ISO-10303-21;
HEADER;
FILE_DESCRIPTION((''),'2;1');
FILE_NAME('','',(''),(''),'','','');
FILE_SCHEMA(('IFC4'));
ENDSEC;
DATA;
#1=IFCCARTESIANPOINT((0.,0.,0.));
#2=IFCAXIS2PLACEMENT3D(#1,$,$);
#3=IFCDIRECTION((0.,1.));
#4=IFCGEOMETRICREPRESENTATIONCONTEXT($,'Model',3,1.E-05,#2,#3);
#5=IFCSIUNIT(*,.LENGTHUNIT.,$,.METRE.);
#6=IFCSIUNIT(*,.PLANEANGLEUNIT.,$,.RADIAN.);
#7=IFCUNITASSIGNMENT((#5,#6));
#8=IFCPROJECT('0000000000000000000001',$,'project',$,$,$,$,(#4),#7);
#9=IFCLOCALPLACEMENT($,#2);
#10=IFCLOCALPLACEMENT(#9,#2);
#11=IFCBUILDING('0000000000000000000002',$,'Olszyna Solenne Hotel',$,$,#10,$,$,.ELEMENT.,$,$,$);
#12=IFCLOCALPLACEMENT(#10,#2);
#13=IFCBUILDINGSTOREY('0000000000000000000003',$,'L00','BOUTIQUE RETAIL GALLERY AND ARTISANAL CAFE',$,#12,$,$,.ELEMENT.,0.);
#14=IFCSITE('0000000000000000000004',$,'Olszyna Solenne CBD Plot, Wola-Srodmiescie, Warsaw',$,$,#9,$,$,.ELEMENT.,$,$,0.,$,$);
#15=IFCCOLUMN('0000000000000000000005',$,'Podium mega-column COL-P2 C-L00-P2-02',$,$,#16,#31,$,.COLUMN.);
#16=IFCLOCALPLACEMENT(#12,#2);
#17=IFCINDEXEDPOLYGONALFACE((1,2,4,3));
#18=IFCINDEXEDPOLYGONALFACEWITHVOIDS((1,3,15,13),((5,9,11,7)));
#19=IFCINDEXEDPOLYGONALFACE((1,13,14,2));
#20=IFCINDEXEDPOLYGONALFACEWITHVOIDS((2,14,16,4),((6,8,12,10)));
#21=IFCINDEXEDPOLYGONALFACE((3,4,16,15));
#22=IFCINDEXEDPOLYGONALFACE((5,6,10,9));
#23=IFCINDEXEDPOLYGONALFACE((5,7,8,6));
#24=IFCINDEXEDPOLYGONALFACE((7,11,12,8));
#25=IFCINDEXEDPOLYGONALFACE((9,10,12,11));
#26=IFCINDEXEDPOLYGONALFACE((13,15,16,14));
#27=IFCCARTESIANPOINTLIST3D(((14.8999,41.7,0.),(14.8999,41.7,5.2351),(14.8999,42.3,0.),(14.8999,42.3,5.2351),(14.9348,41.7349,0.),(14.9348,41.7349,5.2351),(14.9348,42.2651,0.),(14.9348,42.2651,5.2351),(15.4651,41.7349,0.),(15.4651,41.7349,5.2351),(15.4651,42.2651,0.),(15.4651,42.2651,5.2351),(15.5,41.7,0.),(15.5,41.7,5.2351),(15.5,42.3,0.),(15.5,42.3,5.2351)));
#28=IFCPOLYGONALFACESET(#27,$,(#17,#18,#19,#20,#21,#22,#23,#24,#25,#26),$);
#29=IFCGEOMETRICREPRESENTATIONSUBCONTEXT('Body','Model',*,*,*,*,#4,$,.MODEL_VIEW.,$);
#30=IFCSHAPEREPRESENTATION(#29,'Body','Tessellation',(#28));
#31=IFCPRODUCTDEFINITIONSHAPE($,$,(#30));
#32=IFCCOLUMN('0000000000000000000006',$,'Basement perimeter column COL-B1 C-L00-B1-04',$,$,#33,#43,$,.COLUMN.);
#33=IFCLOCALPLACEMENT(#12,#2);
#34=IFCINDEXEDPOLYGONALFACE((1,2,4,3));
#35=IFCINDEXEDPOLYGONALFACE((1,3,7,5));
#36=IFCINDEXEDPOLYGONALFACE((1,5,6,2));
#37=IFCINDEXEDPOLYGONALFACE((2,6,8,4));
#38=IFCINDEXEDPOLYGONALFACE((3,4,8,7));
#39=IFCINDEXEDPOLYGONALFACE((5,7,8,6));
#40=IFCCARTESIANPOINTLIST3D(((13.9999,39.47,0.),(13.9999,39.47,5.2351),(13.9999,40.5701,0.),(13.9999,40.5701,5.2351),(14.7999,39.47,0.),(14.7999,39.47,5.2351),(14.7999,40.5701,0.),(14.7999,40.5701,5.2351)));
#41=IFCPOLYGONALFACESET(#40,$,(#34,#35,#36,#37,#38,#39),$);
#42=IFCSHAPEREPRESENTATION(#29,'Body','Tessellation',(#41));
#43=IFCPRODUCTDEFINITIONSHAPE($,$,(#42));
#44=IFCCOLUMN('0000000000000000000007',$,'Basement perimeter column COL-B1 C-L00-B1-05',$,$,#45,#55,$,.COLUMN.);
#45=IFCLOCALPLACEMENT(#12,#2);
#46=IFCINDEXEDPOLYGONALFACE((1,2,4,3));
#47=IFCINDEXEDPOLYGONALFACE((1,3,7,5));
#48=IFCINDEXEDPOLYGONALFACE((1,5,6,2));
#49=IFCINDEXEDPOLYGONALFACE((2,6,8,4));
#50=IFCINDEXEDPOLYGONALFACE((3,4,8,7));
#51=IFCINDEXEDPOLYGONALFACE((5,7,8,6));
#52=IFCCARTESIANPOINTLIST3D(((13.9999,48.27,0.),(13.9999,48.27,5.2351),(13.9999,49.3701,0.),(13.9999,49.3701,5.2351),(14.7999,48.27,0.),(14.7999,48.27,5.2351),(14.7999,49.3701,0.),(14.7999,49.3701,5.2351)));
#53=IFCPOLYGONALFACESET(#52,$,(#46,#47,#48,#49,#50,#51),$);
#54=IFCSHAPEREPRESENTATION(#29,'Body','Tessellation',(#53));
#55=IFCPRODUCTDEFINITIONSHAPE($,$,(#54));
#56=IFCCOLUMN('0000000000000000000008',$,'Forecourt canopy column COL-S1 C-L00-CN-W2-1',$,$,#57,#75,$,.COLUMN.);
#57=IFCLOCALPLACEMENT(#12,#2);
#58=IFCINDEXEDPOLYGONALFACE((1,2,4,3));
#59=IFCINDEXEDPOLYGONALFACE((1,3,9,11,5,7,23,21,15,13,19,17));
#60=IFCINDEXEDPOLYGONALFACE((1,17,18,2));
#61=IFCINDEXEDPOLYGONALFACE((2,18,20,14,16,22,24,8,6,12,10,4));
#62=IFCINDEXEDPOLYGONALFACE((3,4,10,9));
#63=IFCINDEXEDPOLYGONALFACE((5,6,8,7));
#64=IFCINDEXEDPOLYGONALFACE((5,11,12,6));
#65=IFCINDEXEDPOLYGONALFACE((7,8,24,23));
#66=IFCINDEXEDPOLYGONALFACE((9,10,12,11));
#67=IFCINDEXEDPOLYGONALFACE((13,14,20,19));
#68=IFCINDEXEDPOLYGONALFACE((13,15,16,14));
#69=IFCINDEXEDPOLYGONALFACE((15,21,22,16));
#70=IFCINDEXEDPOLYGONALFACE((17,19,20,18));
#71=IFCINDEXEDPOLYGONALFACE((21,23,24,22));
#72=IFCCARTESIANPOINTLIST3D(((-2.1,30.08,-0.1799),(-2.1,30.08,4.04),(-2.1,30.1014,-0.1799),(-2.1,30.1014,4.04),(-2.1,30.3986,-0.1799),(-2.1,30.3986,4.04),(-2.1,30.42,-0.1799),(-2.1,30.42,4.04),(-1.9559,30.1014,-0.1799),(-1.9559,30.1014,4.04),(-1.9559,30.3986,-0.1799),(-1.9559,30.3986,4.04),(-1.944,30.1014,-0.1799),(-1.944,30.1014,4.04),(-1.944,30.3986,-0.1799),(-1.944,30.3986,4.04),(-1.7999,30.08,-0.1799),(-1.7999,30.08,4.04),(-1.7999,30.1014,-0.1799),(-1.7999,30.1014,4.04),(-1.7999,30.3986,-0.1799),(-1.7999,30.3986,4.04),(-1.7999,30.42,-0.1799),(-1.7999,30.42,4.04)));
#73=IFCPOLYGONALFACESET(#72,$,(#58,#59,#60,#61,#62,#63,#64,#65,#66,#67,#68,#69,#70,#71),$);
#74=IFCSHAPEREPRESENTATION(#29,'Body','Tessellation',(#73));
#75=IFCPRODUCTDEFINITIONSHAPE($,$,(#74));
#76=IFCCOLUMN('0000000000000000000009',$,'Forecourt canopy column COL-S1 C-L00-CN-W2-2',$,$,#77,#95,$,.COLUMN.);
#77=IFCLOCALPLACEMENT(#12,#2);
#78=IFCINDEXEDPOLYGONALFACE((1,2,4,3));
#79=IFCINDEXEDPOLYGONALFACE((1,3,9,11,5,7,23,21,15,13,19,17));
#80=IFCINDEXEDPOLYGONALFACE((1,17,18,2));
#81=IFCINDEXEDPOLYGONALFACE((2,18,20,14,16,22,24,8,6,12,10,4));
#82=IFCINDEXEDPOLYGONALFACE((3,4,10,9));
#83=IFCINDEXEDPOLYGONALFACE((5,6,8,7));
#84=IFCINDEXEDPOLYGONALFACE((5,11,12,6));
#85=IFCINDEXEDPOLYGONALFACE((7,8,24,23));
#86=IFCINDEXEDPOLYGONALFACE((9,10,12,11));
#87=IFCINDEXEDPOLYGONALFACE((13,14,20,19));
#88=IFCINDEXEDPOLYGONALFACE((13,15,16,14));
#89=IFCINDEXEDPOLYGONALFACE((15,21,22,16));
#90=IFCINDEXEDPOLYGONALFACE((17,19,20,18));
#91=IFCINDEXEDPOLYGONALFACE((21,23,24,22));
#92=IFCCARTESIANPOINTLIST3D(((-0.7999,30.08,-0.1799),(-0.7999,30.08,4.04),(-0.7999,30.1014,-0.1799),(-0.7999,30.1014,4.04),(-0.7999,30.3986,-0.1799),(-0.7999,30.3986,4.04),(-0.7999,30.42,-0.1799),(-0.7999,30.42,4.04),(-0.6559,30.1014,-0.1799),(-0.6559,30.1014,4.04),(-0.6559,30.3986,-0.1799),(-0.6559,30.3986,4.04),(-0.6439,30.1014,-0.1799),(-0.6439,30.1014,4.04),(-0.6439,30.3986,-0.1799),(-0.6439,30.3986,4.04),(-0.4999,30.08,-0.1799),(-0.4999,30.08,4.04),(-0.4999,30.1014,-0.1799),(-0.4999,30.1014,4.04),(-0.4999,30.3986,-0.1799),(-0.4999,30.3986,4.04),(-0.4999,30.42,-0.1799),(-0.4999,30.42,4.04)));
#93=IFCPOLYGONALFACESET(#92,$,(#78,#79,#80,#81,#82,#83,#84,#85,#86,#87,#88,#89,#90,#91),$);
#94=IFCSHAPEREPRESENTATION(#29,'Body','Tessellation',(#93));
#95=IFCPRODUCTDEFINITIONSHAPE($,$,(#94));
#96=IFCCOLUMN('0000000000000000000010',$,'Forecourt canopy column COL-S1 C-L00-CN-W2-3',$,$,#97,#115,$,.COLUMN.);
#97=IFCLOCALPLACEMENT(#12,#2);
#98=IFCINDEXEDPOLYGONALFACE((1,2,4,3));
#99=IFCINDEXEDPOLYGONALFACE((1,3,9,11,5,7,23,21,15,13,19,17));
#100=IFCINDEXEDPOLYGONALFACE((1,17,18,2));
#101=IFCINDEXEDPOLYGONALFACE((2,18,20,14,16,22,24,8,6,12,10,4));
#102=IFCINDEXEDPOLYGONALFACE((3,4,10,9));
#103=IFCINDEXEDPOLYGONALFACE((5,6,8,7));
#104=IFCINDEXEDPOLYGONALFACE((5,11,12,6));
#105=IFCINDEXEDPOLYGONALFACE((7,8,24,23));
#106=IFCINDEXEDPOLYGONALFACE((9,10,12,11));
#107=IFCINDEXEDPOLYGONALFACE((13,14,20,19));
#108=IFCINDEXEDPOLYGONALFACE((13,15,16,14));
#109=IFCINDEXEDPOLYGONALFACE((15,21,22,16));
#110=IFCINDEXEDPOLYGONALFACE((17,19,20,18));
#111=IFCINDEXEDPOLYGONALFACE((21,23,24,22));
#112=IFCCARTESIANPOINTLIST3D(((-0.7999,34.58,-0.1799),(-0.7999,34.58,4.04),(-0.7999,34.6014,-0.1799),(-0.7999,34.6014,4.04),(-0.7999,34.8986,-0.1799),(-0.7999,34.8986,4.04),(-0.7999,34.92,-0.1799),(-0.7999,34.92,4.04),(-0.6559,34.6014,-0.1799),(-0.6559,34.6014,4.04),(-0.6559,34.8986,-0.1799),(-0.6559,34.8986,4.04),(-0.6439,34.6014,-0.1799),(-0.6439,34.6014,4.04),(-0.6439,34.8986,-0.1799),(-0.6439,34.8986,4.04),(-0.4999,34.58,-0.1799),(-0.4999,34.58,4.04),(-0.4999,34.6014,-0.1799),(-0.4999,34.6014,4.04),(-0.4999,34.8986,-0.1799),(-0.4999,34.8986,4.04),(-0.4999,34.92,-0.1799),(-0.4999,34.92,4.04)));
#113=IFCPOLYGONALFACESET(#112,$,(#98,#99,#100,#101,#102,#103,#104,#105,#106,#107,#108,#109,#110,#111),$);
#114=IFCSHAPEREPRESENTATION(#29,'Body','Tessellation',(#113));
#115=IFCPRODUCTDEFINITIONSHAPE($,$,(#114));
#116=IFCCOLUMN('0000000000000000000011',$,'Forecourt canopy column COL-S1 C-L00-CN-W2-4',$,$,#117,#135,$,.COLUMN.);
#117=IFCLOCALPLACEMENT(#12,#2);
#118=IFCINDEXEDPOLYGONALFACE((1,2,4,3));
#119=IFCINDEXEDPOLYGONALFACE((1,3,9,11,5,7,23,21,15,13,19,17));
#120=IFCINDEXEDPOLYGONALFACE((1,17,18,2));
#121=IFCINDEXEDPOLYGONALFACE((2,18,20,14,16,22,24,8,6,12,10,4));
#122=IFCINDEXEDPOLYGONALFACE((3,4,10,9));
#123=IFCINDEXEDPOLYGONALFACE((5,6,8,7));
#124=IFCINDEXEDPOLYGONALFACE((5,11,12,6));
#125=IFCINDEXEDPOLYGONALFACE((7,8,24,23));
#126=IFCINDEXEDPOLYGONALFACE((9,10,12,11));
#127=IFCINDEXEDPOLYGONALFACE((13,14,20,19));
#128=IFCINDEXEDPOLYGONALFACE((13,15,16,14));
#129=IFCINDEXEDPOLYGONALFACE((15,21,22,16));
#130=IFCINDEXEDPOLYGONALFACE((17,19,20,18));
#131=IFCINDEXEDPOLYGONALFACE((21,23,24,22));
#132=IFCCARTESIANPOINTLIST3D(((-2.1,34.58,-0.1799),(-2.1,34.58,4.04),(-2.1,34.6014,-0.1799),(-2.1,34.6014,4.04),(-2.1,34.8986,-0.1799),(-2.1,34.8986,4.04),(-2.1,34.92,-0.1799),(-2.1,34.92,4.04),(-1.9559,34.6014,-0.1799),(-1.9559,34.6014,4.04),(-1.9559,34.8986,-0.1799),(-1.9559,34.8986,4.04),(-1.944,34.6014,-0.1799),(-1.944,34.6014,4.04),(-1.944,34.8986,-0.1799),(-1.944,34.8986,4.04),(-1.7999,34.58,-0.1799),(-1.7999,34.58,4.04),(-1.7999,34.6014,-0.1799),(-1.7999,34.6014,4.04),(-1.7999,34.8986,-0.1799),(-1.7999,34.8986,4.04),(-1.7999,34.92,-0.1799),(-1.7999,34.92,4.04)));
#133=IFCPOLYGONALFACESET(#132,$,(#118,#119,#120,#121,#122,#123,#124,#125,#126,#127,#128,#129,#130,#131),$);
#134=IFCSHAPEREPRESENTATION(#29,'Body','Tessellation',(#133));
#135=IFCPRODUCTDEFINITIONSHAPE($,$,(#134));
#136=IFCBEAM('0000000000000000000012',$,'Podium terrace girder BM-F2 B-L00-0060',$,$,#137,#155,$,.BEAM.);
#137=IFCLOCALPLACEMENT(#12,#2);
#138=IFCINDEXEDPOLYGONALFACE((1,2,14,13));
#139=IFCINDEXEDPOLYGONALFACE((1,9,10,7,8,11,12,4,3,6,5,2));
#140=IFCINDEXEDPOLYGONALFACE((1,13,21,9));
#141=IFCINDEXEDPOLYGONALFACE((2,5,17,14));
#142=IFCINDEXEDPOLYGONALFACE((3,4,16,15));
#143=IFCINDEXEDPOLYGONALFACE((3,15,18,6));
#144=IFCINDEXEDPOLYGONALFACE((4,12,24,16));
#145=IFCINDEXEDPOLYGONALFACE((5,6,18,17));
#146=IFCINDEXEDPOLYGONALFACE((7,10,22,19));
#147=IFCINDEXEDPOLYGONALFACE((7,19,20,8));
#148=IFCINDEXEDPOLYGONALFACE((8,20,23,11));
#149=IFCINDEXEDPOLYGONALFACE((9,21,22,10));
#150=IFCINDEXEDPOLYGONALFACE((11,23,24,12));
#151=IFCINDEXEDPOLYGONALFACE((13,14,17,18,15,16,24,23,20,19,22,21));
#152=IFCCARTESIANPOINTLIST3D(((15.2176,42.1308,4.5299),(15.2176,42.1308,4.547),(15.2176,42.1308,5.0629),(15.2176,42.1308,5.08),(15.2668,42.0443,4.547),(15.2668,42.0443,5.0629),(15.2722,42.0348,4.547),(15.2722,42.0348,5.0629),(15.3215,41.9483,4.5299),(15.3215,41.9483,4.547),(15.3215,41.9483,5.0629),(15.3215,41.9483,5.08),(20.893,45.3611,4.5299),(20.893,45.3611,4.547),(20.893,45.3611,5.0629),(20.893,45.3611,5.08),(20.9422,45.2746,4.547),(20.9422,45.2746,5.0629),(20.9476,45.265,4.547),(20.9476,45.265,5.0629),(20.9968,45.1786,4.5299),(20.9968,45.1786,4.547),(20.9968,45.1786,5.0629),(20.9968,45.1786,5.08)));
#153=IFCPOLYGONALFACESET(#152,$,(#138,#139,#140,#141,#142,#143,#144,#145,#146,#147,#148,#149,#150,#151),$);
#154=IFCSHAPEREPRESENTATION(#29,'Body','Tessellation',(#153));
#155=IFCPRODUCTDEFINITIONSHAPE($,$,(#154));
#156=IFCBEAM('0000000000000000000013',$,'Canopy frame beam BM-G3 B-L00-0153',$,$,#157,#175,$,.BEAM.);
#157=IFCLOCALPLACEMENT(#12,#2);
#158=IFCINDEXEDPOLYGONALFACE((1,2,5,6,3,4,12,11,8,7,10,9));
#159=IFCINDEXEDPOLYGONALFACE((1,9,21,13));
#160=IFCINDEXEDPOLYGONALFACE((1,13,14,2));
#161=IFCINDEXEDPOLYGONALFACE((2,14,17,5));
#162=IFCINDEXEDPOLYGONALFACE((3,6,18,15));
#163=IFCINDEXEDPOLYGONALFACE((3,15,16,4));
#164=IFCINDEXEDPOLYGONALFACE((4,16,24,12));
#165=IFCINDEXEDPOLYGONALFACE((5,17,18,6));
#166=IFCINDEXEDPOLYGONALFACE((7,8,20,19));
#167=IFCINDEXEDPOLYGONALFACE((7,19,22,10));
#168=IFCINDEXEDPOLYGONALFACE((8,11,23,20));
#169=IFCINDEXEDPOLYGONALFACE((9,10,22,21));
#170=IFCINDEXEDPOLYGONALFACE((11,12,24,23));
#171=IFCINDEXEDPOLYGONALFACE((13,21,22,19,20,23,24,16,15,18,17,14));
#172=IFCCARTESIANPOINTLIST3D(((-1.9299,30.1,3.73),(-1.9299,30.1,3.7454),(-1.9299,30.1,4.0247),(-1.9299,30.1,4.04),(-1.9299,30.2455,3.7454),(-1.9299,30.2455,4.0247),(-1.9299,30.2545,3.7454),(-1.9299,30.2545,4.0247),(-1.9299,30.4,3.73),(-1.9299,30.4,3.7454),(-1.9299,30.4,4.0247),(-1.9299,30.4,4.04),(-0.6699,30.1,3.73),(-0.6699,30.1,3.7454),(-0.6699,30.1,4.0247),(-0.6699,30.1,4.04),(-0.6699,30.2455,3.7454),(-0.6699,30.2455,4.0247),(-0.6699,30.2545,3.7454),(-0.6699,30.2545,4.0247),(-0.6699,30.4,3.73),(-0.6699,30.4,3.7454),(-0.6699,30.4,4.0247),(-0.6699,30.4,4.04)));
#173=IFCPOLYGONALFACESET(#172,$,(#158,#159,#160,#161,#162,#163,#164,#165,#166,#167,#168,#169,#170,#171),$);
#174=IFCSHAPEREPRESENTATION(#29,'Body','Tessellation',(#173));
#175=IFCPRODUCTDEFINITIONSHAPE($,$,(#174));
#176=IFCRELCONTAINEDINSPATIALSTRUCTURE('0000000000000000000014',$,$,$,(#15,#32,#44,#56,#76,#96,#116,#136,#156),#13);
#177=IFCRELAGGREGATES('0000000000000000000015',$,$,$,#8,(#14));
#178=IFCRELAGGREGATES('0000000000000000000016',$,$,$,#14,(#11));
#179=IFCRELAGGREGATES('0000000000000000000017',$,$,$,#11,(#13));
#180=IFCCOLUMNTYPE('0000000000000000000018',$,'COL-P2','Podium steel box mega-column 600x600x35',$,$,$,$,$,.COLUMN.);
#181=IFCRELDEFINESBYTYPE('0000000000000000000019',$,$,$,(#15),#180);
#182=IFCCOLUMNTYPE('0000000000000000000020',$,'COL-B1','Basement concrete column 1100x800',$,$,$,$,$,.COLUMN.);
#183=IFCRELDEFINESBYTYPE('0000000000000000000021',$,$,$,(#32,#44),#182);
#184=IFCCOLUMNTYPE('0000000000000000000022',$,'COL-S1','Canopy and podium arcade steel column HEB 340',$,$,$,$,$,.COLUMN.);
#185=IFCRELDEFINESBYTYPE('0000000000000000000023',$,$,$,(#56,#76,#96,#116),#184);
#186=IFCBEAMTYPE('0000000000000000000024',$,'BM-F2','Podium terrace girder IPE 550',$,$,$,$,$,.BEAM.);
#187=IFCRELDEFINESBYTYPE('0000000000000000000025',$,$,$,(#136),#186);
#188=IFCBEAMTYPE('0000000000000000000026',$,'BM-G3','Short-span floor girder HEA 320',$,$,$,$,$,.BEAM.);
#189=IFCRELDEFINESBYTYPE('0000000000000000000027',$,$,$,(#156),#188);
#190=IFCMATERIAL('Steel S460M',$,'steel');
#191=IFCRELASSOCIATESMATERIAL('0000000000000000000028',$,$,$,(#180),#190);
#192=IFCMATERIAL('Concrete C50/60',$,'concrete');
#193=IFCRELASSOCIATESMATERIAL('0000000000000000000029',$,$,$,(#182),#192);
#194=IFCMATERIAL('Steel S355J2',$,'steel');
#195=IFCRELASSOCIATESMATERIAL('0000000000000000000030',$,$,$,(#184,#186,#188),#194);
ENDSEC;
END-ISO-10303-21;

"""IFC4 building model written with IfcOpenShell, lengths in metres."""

from ifc_helpers import new_model, si_unit, direction, frame, origin, origin_2d, place, context, subcontext, project, spatial, rectangle, hollow_rectangle, i_section, extrude, source, transform, mapped, material, material_profile, profile_set, type_object, element, save


model = new_model("IFC4")

# Units and contexts
model_context = context("Model", 3, precision=1e-05, world=origin(), true_north=direction((0.0, 1.0)))
body_context = subcontext(model_context, "Body", "Model", "MODEL_VIEW")
ifc_project = project(units=[si_unit("LENGTHUNIT", "METRE"), si_unit("PLANEANGLEUNIT", "RADIAN")], contexts=[model_context])

# Site, building, storey
site_placement = place(None, origin())
site = spatial("IfcSite", under=ifc_project, at=site_placement, Name="Olszyna Solenne CBD Plot, Wola-Srodmiescie, Warsaw", CompositionType="ELEMENT", RefElevation=0.0)
building_placement = place(site_placement, origin())
building = spatial("IfcBuilding", under=site, at=building_placement, Name="Olszyna Solenne Hotel", CompositionType="ELEMENT")
storey_placement = place(building_placement, origin())
storey = spatial("IfcBuildingStorey", under=building, at=storey_placement, Name="L00", Description="BOUTIQUE RETAIL GALLERY AND ARTISANAL CAFE", CompositionType="ELEMENT", Elevation=0.0)

# Columns
ifc_material_1 = material(Name="Steel S460M", Category="steel")
ifc_material_profile_1 = material_profile(ifc_material_1, hollow_rectangle(XDim=0.6001, YDim=0.6001, WallThickness=0.0349, at=origin_2d()), Name="SHS 600x600x35", Category="load-bearing")
ifc_profile_set_1 = profile_set([ifc_material_profile_1], Name="Steel S460M")
column_type_1 = type_object("IfcColumnType", Name="COL-P2", Description="Podium steel box mega-column 600x600x35", PredefinedType="COLUMN", material=ifc_profile_set_1)
shared_shape_1 = source(origin(), body_context, "Body", "SweptSolid", [
    extrude(hollow_rectangle(XDim=0.6001, YDim=0.6001, WallThickness=0.0349, at=origin_2d()), origin(), (0.0, 0.0, 1.0), 5.2351),
])
column_placement = place(storey_placement, frame((15.2, 42.0, 0.0), z_axis=(0.0, 0.0, 1.0), x_axis=(1.0, 0.0, 0.0)))
element("IfcColumn", 1, at=column_placement, inside=storey, type_object=column_type_1, Name="Podium mega-column COL-P2 C-L00-P2-02", PredefinedType="COLUMN", context=body_context, shape_type="MappedRepresentation", body=[
    mapped(shared_shape_1, transform((0.0, 0.0, 0.0), x_axis=(1.0, 0.0, 0.0), y_axis=(0.0, 1.0, 0.0), z_axis=(0.0, 0.0, 1.0), scale=1.0)),
])
ifc_material_2 = material(Name="Concrete C50/60", Category="concrete")
ifc_material_profile_2 = material_profile(ifc_material_2, rectangle(XDim=0.8, YDim=1.1001, at=origin_2d()), Name="RC 1100x800", Category="load-bearing")
ifc_profile_set_2 = profile_set([ifc_material_profile_2], Name="Concrete C50/60")
column_type_2 = type_object("IfcColumnType", Name="COL-B1", Description="Basement concrete column 1100x800", PredefinedType="COLUMN", material=ifc_profile_set_2)
shared_shape_2 = source(origin(), body_context, "Body", "SweptSolid", [
    extrude(rectangle(XDim=0.8, YDim=1.1001, at=origin_2d()), origin(), (0.0, 0.0, 1.0), 5.2351),
])
for number, where, z_axis, x_axis, name in (
    (2, (14.3999, 40.02, 0.0), (0.0, 0.0, 1.0), (1.0, 0.0, 0.0), "Basement perimeter column COL-B1 C-L00-B1-04"),
    (3, (14.3999, 48.8201, 0.0), (0.0, 0.0, 1.0), (1.0, 0.0, 0.0), "Basement perimeter column COL-B1 C-L00-B1-05"),
):
    element("IfcColumn", number, at=place(storey_placement, frame(where, z_axis=z_axis, x_axis=x_axis)), inside=storey, type_object=column_type_2, Name=name, PredefinedType="COLUMN", context=body_context, shape_type="MappedRepresentation", body=[
        mapped(shared_shape_2, transform((0.0, 0.0, 0.0), x_axis=(1.0, 0.0, 0.0), y_axis=(0.0, 1.0, 0.0), z_axis=(0.0, 0.0, 1.0), scale=1.0)),
    ])
ifc_material_3 = material(Name="Steel S355J2", Category="steel")
ifc_material_profile_3 = material_profile(ifc_material_3, i_section(OverallWidth=0.3, OverallDepth=0.3401, WebThickness=0.012, FlangeThickness=0.0215, at=origin_2d()), Name="HEB 340", Category="load-bearing")
ifc_profile_set_3 = profile_set([ifc_material_profile_3], Name="Steel S355J2")
column_type_3 = type_object("IfcColumnType", Name="COL-S1", Description="Canopy and podium arcade steel column HEB 340", PredefinedType="COLUMN", material=ifc_profile_set_3)
shared_shape_3 = source(origin(), body_context, "Body", "SweptSolid", [
    extrude(i_section(OverallWidth=0.3, OverallDepth=0.3401, WebThickness=0.012, FlangeThickness=0.0215, at=origin_2d()), origin(), (0.0, 0.0, 1.0), 4.22),
])
for number, where, z_axis, x_axis, name in (
    (4, (-1.95, 30.25, -0.1799), (0.0, 0.0, 1.0), (1.0, 0.0, 0.0), "Forecourt canopy column COL-S1 C-L00-CN-W2-1"),
    (5, (-0.6499, 30.25, -0.1799), (0.0, 0.0, 1.0), (1.0, 0.0, 0.0), "Forecourt canopy column COL-S1 C-L00-CN-W2-2"),
    (6, (-0.6499, 34.75, -0.1799), (0.0, 0.0, 1.0), (1.0, 0.0, 0.0), "Forecourt canopy column COL-S1 C-L00-CN-W2-3"),
    (7, (-1.95, 34.75, -0.1799), (0.0, 0.0, 1.0), (1.0, 0.0, 0.0), "Forecourt canopy column COL-S1 C-L00-CN-W2-4"),
):
    element("IfcColumn", number, at=place(storey_placement, frame(where, z_axis=z_axis, x_axis=x_axis)), inside=storey, type_object=column_type_3, Name=name, PredefinedType="COLUMN", context=body_context, shape_type="MappedRepresentation", body=[
        mapped(shared_shape_3, transform((0.0, 0.0, 0.0), x_axis=(1.0, 0.0, 0.0), y_axis=(0.0, 1.0, 0.0), z_axis=(0.0, 0.0, 1.0), scale=1.0)),
    ])

# Beams
ifc_material_profile_4 = material_profile(ifc_material_3, i_section(OverallWidth=0.21, OverallDepth=0.55, WebThickness=0.011, FlangeThickness=0.0171, at=origin_2d()), Name="IPE 550", Category="load-bearing")
ifc_profile_set_4 = profile_set([ifc_material_profile_4], Name="Steel S355J2")
beam_type_1 = type_object("IfcBeamType", Name="BM-F2", Description="Podium terrace girder IPE 550", PredefinedType="BEAM", material=ifc_profile_set_4)
shared_shape_4 = source(origin(), body_context, "Body", "SweptSolid", [
    extrude(i_section(OverallWidth=0.21, OverallDepth=0.55, WebThickness=0.011, FlangeThickness=0.0171, at=origin_2d()), origin(), (0.0, 0.0, 1.0), 6.5303),
])
beam_placement = place(storey_placement, frame((15.2695, 42.0396, 4.8049), z_axis=(0.869086, 0.494661, 0.0), x_axis=(-0.494661, 0.869086, 0.0)))
element("IfcBeam", 8, at=beam_placement, inside=storey, type_object=beam_type_1, Name="Podium terrace girder BM-F2 B-L00-0060", PredefinedType="BEAM", context=body_context, shape_type="MappedRepresentation", body=[
    mapped(shared_shape_4, transform((0.0, 0.0, 0.0), x_axis=(1.0, 0.0, 0.0), y_axis=(0.0, 1.0, 0.0), z_axis=(0.0, 0.0, 1.0), scale=1.0)),
])
ifc_material_profile_5 = material_profile(ifc_material_3, i_section(OverallWidth=0.3, OverallDepth=0.3101, WebThickness=0.009, FlangeThickness=0.0154, at=origin_2d()), Name="HEA 320", Category="load-bearing")
ifc_profile_set_5 = profile_set([ifc_material_profile_5], Name="Steel S355J2")
beam_type_2 = type_object("IfcBeamType", Name="BM-G3", Description="Short-span floor girder HEA 320", PredefinedType="BEAM", material=ifc_profile_set_5)
shared_shape_5 = source(origin(), body_context, "Body", "SweptSolid", [
    extrude(i_section(OverallWidth=0.3, OverallDepth=0.3101, WebThickness=0.009, FlangeThickness=0.0154, at=origin_2d()), origin(), (0.0, 0.0, 1.0), 1.26),
])
for number, where, z_axis, x_axis, name in (
    (9, (-1.9299, 30.25, 3.885), (1.0, 0.0, 0.0), (0.0, 1.0, 0.0), "Canopy frame beam BM-G3 B-L00-0153"),
):
    element("IfcBeam", number, at=place(storey_placement, frame(where, z_axis=z_axis, x_axis=x_axis)), inside=storey, type_object=beam_type_2, Name=name, PredefinedType="BEAM", context=body_context, shape_type="MappedRepresentation", body=[
        mapped(shared_shape_5, transform((0.0, 0.0, 0.0), x_axis=(1.0, 0.0, 0.0), y_axis=(0.0, 1.0, 0.0), z_axis=(0.0, 0.0, 1.0), scale=1.0)),
    ])

save(model, "model.ifc")
